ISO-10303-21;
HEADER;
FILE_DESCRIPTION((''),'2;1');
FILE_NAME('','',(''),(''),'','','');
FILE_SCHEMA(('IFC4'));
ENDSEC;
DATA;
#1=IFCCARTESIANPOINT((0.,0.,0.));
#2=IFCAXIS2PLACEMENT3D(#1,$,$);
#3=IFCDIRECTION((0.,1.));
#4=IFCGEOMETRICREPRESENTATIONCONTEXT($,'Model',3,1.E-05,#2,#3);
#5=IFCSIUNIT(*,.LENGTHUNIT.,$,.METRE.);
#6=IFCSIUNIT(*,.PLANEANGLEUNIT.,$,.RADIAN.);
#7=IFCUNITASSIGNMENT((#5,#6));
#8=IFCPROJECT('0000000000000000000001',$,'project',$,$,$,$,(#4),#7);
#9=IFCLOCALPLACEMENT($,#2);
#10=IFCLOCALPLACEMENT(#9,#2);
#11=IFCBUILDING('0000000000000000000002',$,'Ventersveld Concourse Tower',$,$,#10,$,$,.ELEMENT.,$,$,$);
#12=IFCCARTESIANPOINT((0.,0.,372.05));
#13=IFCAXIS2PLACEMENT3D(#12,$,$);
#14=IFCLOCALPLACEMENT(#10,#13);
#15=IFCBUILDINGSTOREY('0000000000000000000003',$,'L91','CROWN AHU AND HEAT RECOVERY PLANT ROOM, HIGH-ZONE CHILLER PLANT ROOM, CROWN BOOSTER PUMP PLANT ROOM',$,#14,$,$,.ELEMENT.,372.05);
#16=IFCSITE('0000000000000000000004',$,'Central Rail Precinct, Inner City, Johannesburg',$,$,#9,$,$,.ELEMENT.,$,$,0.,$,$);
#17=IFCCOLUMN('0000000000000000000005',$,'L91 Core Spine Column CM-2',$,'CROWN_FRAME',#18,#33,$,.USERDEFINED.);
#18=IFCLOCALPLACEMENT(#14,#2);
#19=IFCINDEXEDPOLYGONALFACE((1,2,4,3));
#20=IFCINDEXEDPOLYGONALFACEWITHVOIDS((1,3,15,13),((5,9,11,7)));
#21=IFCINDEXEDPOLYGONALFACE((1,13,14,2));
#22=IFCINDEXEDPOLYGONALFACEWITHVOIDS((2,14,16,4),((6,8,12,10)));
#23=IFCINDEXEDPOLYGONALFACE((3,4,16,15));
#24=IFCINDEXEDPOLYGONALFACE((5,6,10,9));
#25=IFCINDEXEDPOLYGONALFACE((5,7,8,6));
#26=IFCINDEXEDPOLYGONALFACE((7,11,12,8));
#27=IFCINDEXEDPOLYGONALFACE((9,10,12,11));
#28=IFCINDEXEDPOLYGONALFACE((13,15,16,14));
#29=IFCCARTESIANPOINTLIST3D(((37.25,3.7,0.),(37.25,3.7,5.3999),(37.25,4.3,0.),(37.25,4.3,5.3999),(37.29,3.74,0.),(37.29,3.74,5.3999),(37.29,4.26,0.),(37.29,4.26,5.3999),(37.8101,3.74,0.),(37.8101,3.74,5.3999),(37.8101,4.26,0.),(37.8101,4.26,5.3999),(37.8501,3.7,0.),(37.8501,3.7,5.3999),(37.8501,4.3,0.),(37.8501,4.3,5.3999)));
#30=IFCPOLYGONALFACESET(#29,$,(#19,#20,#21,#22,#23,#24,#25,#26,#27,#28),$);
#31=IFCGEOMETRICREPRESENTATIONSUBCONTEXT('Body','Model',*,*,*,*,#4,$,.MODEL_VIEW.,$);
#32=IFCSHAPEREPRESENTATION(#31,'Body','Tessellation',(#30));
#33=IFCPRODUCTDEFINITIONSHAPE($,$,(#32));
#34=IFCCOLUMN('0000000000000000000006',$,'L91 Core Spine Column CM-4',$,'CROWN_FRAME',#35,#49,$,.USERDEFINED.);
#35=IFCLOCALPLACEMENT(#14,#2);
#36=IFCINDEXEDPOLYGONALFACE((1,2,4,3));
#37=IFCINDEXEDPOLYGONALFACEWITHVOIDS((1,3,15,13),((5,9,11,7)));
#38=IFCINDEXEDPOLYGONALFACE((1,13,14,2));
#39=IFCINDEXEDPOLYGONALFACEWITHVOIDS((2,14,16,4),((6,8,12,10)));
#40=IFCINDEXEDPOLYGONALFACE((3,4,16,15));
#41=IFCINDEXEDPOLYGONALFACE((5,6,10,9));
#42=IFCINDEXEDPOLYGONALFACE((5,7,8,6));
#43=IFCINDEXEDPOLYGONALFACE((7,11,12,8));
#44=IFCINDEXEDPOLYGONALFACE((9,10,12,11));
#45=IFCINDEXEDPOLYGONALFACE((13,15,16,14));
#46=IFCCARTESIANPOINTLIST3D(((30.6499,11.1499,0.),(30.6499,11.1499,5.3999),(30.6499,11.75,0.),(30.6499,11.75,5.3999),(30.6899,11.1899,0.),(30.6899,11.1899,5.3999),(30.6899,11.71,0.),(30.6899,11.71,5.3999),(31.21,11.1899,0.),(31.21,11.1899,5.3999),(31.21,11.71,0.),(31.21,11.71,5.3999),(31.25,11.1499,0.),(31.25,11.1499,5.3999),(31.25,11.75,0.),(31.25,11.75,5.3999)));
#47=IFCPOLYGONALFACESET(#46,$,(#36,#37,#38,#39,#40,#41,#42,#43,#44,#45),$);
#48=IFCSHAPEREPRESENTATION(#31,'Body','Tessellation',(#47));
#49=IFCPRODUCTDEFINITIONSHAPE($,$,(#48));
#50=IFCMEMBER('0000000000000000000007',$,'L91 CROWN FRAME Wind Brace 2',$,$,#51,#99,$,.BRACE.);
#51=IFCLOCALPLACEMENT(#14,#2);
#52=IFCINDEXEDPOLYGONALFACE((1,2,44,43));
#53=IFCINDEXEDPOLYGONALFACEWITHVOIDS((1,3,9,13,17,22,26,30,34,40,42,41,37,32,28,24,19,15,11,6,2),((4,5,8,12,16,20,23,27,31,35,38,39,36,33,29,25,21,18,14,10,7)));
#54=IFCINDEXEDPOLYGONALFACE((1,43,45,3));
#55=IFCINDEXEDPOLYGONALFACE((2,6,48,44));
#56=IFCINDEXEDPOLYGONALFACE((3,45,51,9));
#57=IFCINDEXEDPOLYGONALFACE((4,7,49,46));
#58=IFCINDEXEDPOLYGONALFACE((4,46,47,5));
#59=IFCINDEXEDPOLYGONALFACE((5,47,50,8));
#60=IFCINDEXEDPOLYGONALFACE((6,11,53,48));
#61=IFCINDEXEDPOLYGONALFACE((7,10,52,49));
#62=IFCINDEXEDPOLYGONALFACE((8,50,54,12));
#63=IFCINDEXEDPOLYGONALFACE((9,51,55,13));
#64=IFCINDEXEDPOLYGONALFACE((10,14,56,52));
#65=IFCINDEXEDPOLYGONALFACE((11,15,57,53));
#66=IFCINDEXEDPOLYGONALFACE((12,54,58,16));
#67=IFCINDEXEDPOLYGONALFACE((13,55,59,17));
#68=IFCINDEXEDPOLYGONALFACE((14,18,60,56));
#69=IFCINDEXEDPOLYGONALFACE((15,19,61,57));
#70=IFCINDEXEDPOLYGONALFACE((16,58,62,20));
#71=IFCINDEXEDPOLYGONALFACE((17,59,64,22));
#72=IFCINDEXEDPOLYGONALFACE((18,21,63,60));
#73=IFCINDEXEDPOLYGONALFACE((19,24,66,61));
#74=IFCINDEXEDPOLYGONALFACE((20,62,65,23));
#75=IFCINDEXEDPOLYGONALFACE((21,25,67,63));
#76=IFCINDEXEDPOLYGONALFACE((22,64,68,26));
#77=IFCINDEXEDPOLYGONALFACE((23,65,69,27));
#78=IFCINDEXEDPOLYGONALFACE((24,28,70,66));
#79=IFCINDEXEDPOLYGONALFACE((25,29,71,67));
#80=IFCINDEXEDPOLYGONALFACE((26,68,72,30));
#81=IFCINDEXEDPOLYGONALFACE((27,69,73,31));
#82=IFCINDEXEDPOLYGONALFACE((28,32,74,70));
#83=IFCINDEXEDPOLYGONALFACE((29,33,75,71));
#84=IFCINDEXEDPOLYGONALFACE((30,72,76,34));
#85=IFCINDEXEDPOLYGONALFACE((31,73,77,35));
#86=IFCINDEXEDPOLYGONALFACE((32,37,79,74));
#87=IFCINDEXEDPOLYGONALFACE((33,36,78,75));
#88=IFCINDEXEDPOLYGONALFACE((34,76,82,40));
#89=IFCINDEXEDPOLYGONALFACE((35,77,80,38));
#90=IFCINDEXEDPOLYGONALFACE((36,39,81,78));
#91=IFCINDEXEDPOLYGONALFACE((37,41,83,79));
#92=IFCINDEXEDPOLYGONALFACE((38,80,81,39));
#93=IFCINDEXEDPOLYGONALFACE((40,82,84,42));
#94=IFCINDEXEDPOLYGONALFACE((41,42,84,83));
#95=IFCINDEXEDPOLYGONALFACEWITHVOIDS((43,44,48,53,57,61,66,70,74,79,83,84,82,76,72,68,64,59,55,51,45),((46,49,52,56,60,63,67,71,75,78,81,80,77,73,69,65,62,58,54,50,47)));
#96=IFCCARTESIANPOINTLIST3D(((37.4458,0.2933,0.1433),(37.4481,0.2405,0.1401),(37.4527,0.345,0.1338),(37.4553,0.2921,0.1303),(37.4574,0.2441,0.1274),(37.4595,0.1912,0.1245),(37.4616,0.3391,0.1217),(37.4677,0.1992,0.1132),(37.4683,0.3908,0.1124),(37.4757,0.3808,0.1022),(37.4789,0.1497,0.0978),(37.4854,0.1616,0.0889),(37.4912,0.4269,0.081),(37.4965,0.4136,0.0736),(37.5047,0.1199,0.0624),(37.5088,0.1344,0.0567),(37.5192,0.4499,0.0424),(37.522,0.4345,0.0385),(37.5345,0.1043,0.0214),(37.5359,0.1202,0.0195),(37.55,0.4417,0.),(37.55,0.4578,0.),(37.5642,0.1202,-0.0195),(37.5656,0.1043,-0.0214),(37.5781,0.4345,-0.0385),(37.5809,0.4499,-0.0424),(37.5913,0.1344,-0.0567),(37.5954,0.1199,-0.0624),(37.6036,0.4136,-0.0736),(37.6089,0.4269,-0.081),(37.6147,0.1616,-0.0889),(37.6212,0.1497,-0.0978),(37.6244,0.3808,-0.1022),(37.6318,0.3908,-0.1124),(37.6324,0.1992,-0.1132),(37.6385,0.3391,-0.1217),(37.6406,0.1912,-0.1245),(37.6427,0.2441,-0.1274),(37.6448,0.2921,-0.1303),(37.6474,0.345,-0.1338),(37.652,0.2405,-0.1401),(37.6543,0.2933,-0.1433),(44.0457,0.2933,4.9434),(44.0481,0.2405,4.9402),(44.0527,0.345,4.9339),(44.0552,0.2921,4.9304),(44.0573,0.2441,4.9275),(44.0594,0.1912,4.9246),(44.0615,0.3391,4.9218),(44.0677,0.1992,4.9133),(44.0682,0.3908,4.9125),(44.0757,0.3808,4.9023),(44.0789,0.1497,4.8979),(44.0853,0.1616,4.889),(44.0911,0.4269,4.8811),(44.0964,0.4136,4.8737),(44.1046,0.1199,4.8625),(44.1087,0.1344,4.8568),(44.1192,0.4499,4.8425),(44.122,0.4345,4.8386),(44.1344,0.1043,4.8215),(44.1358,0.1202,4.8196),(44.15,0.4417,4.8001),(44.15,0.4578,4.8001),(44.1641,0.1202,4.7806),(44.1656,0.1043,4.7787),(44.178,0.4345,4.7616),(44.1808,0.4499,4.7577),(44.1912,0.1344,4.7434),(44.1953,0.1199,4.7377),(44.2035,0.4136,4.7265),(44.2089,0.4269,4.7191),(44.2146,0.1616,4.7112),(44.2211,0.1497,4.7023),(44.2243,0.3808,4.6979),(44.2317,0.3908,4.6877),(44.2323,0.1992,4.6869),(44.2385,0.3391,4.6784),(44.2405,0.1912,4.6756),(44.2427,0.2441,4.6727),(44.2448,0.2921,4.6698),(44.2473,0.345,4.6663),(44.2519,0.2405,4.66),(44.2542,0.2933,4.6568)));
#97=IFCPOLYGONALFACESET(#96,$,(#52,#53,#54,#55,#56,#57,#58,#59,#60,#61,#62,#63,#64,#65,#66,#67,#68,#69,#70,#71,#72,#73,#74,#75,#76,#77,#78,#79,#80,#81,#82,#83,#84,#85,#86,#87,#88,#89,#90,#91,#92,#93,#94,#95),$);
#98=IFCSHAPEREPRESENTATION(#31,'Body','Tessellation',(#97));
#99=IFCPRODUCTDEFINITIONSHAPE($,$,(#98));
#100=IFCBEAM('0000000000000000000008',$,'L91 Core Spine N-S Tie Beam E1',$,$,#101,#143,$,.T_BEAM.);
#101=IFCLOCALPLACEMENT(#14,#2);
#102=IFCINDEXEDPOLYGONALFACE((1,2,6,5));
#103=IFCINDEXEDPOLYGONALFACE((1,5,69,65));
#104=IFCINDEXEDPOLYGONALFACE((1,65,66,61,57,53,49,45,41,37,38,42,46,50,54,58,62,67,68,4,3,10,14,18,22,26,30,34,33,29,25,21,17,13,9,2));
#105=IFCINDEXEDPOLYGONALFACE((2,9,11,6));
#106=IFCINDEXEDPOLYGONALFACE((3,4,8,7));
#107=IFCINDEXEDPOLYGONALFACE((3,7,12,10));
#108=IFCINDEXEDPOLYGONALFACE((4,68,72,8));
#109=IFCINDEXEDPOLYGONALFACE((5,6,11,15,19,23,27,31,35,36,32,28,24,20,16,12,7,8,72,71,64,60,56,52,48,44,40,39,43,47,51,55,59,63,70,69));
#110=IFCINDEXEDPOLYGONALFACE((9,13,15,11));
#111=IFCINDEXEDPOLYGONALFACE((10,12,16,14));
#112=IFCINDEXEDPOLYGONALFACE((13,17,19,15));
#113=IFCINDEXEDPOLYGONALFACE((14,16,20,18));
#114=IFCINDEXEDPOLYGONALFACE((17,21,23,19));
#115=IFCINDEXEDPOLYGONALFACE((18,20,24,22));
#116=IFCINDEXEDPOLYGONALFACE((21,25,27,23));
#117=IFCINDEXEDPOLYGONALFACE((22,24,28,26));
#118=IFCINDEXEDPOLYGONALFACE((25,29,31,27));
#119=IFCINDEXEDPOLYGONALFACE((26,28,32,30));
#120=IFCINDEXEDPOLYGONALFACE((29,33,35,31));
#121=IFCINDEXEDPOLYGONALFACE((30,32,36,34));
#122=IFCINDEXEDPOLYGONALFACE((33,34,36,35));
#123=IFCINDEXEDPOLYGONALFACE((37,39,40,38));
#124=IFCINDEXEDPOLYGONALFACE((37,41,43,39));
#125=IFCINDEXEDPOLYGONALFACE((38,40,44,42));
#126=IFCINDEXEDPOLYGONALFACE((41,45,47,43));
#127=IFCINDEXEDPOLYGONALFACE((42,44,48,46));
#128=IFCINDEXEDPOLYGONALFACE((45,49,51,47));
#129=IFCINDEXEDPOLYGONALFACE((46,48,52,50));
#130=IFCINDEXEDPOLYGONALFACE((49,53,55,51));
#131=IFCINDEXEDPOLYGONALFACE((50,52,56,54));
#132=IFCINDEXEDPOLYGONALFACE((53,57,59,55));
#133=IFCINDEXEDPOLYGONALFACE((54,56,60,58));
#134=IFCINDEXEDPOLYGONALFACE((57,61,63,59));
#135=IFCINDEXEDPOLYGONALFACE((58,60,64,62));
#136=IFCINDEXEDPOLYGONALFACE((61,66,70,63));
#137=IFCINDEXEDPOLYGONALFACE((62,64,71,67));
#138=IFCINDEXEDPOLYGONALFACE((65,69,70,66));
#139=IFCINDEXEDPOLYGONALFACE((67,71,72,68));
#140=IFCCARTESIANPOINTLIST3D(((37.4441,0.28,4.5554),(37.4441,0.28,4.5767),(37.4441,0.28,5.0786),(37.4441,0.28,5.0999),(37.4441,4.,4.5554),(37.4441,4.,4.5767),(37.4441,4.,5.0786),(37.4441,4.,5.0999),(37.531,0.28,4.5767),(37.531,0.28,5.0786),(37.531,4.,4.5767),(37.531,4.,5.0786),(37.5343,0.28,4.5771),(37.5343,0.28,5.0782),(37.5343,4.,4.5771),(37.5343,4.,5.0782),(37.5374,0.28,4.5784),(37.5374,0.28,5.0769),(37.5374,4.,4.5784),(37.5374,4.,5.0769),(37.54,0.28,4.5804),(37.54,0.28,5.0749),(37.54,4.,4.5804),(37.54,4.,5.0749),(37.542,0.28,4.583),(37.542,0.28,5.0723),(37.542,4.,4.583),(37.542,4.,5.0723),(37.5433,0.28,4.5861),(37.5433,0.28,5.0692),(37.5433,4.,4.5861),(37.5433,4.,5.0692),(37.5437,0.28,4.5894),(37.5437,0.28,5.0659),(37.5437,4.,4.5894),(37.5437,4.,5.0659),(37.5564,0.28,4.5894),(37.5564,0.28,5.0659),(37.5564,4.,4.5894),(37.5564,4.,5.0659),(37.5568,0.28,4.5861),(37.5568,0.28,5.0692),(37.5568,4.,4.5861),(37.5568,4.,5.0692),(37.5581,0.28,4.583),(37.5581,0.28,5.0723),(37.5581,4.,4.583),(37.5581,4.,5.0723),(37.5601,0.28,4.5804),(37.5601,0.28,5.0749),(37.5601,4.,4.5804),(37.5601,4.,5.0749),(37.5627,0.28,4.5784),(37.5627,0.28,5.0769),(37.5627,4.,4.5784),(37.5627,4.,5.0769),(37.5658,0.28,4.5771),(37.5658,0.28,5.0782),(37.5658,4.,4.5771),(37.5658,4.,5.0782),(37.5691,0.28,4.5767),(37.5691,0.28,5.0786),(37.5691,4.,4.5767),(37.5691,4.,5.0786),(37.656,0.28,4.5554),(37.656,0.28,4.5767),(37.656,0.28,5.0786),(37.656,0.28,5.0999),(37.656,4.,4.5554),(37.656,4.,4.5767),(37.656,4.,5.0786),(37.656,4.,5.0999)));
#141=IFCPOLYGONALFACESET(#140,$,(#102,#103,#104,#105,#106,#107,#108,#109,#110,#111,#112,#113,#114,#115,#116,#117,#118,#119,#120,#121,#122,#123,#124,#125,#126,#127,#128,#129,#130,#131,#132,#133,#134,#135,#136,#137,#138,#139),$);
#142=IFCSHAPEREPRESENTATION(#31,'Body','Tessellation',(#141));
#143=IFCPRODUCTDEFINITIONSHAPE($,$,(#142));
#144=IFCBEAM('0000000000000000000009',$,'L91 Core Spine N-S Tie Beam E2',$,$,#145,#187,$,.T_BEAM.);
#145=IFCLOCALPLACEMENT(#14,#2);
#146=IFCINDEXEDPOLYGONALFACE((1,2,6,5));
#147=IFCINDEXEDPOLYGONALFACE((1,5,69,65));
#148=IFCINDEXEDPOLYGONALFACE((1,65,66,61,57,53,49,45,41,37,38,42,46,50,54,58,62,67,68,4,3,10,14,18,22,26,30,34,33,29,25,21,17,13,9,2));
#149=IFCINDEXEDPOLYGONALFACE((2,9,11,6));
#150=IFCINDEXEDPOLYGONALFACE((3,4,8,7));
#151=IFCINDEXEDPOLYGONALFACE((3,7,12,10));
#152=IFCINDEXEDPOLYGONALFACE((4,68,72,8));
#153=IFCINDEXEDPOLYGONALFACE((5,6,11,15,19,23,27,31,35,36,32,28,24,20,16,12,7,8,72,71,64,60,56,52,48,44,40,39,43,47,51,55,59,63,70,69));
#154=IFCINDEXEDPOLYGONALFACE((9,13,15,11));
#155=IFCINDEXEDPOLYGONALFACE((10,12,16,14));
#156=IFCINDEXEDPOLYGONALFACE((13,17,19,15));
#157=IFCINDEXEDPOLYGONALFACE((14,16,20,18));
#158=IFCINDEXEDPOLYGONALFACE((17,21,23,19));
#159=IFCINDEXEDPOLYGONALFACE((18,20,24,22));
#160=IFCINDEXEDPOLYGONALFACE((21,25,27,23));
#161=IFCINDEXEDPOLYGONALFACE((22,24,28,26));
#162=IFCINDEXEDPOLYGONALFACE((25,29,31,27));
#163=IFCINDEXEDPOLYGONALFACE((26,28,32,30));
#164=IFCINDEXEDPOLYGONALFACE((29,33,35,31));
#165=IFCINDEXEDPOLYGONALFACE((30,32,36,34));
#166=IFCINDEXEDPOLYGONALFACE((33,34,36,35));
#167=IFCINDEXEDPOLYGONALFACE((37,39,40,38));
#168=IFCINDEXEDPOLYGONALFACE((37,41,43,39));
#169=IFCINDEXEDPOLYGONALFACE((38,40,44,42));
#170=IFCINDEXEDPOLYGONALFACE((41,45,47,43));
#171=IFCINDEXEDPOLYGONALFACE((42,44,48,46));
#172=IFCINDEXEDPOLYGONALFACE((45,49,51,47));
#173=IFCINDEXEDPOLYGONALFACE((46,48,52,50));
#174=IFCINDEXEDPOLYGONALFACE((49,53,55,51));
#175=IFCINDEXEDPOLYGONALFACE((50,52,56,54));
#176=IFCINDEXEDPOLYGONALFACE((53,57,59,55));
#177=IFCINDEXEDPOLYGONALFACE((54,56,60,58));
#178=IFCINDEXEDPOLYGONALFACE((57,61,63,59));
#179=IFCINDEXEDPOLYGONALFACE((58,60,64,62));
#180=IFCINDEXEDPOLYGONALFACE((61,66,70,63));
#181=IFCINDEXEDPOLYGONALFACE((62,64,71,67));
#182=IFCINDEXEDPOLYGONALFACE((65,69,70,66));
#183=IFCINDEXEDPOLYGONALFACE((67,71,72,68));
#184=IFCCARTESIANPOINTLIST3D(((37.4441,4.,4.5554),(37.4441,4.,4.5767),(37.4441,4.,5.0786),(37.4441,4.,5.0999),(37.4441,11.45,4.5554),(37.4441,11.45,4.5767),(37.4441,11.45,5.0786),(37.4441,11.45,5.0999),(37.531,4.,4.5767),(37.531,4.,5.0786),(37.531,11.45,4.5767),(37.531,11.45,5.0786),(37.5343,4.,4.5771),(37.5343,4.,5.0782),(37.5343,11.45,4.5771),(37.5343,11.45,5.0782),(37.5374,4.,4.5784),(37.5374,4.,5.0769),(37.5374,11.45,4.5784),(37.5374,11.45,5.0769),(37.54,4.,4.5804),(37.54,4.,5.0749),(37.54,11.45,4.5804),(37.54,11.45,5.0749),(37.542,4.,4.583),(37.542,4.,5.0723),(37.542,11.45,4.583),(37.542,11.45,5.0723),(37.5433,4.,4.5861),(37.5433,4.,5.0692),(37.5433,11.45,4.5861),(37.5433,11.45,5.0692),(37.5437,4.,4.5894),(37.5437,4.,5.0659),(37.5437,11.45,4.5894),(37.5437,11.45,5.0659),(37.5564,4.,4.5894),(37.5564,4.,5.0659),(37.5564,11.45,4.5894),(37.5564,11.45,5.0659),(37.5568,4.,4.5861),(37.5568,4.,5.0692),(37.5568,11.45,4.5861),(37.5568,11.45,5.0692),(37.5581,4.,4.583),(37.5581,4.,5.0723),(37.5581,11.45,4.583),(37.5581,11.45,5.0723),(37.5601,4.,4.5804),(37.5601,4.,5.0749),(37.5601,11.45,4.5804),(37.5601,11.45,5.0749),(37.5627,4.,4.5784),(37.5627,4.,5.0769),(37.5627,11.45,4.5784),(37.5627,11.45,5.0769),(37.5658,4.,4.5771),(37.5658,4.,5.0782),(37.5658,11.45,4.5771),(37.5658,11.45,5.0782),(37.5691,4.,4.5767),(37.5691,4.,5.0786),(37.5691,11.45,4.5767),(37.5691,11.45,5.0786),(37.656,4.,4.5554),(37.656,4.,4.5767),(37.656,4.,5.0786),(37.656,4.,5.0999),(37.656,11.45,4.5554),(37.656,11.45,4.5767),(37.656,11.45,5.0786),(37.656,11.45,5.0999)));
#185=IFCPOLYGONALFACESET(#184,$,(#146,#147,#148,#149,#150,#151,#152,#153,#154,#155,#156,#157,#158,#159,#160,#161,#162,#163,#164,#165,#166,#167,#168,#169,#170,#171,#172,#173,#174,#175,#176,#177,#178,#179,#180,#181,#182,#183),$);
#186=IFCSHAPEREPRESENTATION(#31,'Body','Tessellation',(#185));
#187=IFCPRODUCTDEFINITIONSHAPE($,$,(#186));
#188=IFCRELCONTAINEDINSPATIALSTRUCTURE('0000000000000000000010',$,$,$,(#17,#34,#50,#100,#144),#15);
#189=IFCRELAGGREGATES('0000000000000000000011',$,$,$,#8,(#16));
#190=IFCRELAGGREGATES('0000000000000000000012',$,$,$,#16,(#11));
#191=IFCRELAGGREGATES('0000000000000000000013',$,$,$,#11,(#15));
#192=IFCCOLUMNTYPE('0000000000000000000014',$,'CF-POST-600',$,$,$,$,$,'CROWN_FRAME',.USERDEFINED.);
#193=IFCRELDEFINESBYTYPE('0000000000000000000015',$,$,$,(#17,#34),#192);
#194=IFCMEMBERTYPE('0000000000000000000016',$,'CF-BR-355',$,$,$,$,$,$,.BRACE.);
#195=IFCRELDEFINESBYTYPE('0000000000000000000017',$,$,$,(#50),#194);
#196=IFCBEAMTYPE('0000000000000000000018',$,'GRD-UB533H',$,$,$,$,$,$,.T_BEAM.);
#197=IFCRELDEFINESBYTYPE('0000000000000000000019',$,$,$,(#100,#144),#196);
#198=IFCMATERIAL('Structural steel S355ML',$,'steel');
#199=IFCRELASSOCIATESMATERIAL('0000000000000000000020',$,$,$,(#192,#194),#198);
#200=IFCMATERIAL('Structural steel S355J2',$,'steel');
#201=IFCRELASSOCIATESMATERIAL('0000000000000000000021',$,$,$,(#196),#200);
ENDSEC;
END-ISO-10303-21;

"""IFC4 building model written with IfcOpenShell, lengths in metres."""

from ifc_helpers import new_model, si_unit, direction, frame, origin, origin_2d, place, context, subcontext, project, spatial, hollow_rectangle, hollow_circle, i_section, extrude, material, material_profile, profile_set, type_object, element, save


model = new_model("IFC4")

# Units and contexts
model_context = context("Model", 3, precision=1e-05, world=origin(), true_north=direction((0.0, 1.0)))
body_context = subcontext(model_context, "Body", "Model", "MODEL_VIEW")
ifc_project = project(units=[si_unit("LENGTHUNIT", "METRE"), si_unit("PLANEANGLEUNIT", "RADIAN")], contexts=[model_context])

# Site, building, storey
site_placement = place(None, origin())
site = spatial("IfcSite", under=ifc_project, at=site_placement, Name="Central Rail Precinct, Inner City, Johannesburg", CompositionType="ELEMENT", RefElevation=0.0)
building_placement = place(site_placement, origin())
building = spatial("IfcBuilding", under=site, at=building_placement, Name="Ventersveld Concourse Tower", CompositionType="ELEMENT")
storey_placement = place(building_placement, frame((0.0, 0.0, 372.05)))
storey = spatial("IfcBuildingStorey", under=building, at=storey_placement, Name="L91", Description="CROWN AHU AND HEAT RECOVERY PLANT ROOM, HIGH-ZONE CHILLER PLANT ROOM, CROWN BOOSTER PUMP PLANT ROOM", CompositionType="ELEMENT", Elevation=372.05)

# Columns
ifc_material_1 = material(Name="Structural steel S355ML", Category="steel")
ifc_material_profile_1 = material_profile(ifc_material_1, hollow_rectangle(XDim=0.6001, YDim=0.6001, WallThickness=0.04, at=origin_2d()), Name="BOX 600x600x40")
ifc_profile_set_1 = profile_set([ifc_material_profile_1], Name="Structural steel S355ML")
column_type = type_object("IfcColumnType", Name="CF-POST-600", ElementType="CROWN_FRAME", PredefinedType="USERDEFINED", material=ifc_profile_set_1)
for number, where, z_axis, x_axis, name in (
    (1, (37.55, 4.0, 0.0), (0.0, 0.0, 1.0), (1.0, 0.0, 0.0), "L91 Core Spine Column CM-2"),
    (2, (30.95, 11.45, 0.0), (0.0, 0.0, 1.0), (1.0, 0.0, 0.0), "L91 Core Spine Column CM-4"),
):
    element("IfcColumn", number, at=place(storey_placement, frame(where, z_axis=z_axis, x_axis=x_axis)), inside=storey, type_object=column_type, Name=name, ObjectType="CROWN_FRAME", PredefinedType="USERDEFINED", context=body_context, shape_type="SweptSolid", body=[
        extrude(hollow_rectangle(XDim=0.6001, YDim=0.6001, WallThickness=0.04, at=origin_2d()), origin(), (0.0, 0.0, 1.0), 5.3999),
    ])

# Member
ifc_material_profile_2 = material_profile(ifc_material_1, hollow_circle(Radius=0.1777, WallThickness=0.0161, at=origin_2d()), Name="CHS 355.6x16")
ifc_profile_set_2 = profile_set([ifc_material_profile_2], Name="Structural steel S355ML")
member_type = type_object("IfcMemberType", Name="CF-BR-355", PredefinedType="BRACE", material=ifc_profile_set_2)
member_placement = place(storey_placement, frame((37.55, 0.28, 0.0), z_axis=(0.808727, 0.0, 0.588184), x_axis=(0.0, 1.0, 0.0)))
element("IfcMember", 3, at=member_placement, inside=storey, type_object=member_type, Name="L91 CROWN FRAME Wind Brace 2", PredefinedType="BRACE", context=body_context, shape_type="SweptSolid", body=[
    extrude(hollow_circle(Radius=0.1777, WallThickness=0.0161, at=origin_2d()), origin(), (0.0, 0.0, 1.0), 8.1609),
])

# Beams
ifc_material_2 = material(Name="Structural steel S355J2", Category="steel")
ifc_material_profile_3 = material_profile(ifc_material_2, i_section(OverallWidth=0.2119, OverallDepth=0.5444, WebThickness=0.0127, FlangeThickness=0.0212, FilletRadius=0.0127, at=origin_2d()), Name="UB 533x210x122")
ifc_profile_set_3 = profile_set([ifc_material_profile_3], Name="Structural steel S355J2")
beam_type_1 = type_object("IfcBeamType", Name="GRD-UB533H", PredefinedType="T_BEAM", material=ifc_profile_set_3)
beam_1_placement = place(storey_placement, frame((37.55, 0.28, 4.8276), z_axis=(0.0, 1.0, 0.0), x_axis=(-1.0, 0.0, 0.0)))
element("IfcBeam", 4, at=beam_1_placement, inside=storey, type_object=beam_type_1, Name="L91 Core Spine N-S Tie Beam E1", PredefinedType="T_BEAM", context=body_context, shape_type="SweptSolid", body=[
    extrude(i_section(OverallWidth=0.2119, OverallDepth=0.5444, WebThickness=0.0127, FlangeThickness=0.0212, FilletRadius=0.0127, at=origin_2d()), origin(), (0.0, 0.0, 1.0), 3.72),
])
beam_2_placement = place(storey_placement, frame((37.55, 4.0, 4.8276), z_axis=(0.0, 1.0, 0.0), x_axis=(-1.0, 0.0, 0.0)))
element("IfcBeam", 5, at=beam_2_placement, inside=storey, type_object=beam_type_1, Name="L91 Core Spine N-S Tie Beam E2", PredefinedType="T_BEAM", context=body_context, shape_type="SweptSolid", body=[
    extrude(i_section(OverallWidth=0.2119, OverallDepth=0.5444, WebThickness=0.0127, FlangeThickness=0.0212, FilletRadius=0.0127, at=origin_2d()), origin(), (0.0, 0.0, 1.0), 7.45),
])

save(model, "model.ifc")
